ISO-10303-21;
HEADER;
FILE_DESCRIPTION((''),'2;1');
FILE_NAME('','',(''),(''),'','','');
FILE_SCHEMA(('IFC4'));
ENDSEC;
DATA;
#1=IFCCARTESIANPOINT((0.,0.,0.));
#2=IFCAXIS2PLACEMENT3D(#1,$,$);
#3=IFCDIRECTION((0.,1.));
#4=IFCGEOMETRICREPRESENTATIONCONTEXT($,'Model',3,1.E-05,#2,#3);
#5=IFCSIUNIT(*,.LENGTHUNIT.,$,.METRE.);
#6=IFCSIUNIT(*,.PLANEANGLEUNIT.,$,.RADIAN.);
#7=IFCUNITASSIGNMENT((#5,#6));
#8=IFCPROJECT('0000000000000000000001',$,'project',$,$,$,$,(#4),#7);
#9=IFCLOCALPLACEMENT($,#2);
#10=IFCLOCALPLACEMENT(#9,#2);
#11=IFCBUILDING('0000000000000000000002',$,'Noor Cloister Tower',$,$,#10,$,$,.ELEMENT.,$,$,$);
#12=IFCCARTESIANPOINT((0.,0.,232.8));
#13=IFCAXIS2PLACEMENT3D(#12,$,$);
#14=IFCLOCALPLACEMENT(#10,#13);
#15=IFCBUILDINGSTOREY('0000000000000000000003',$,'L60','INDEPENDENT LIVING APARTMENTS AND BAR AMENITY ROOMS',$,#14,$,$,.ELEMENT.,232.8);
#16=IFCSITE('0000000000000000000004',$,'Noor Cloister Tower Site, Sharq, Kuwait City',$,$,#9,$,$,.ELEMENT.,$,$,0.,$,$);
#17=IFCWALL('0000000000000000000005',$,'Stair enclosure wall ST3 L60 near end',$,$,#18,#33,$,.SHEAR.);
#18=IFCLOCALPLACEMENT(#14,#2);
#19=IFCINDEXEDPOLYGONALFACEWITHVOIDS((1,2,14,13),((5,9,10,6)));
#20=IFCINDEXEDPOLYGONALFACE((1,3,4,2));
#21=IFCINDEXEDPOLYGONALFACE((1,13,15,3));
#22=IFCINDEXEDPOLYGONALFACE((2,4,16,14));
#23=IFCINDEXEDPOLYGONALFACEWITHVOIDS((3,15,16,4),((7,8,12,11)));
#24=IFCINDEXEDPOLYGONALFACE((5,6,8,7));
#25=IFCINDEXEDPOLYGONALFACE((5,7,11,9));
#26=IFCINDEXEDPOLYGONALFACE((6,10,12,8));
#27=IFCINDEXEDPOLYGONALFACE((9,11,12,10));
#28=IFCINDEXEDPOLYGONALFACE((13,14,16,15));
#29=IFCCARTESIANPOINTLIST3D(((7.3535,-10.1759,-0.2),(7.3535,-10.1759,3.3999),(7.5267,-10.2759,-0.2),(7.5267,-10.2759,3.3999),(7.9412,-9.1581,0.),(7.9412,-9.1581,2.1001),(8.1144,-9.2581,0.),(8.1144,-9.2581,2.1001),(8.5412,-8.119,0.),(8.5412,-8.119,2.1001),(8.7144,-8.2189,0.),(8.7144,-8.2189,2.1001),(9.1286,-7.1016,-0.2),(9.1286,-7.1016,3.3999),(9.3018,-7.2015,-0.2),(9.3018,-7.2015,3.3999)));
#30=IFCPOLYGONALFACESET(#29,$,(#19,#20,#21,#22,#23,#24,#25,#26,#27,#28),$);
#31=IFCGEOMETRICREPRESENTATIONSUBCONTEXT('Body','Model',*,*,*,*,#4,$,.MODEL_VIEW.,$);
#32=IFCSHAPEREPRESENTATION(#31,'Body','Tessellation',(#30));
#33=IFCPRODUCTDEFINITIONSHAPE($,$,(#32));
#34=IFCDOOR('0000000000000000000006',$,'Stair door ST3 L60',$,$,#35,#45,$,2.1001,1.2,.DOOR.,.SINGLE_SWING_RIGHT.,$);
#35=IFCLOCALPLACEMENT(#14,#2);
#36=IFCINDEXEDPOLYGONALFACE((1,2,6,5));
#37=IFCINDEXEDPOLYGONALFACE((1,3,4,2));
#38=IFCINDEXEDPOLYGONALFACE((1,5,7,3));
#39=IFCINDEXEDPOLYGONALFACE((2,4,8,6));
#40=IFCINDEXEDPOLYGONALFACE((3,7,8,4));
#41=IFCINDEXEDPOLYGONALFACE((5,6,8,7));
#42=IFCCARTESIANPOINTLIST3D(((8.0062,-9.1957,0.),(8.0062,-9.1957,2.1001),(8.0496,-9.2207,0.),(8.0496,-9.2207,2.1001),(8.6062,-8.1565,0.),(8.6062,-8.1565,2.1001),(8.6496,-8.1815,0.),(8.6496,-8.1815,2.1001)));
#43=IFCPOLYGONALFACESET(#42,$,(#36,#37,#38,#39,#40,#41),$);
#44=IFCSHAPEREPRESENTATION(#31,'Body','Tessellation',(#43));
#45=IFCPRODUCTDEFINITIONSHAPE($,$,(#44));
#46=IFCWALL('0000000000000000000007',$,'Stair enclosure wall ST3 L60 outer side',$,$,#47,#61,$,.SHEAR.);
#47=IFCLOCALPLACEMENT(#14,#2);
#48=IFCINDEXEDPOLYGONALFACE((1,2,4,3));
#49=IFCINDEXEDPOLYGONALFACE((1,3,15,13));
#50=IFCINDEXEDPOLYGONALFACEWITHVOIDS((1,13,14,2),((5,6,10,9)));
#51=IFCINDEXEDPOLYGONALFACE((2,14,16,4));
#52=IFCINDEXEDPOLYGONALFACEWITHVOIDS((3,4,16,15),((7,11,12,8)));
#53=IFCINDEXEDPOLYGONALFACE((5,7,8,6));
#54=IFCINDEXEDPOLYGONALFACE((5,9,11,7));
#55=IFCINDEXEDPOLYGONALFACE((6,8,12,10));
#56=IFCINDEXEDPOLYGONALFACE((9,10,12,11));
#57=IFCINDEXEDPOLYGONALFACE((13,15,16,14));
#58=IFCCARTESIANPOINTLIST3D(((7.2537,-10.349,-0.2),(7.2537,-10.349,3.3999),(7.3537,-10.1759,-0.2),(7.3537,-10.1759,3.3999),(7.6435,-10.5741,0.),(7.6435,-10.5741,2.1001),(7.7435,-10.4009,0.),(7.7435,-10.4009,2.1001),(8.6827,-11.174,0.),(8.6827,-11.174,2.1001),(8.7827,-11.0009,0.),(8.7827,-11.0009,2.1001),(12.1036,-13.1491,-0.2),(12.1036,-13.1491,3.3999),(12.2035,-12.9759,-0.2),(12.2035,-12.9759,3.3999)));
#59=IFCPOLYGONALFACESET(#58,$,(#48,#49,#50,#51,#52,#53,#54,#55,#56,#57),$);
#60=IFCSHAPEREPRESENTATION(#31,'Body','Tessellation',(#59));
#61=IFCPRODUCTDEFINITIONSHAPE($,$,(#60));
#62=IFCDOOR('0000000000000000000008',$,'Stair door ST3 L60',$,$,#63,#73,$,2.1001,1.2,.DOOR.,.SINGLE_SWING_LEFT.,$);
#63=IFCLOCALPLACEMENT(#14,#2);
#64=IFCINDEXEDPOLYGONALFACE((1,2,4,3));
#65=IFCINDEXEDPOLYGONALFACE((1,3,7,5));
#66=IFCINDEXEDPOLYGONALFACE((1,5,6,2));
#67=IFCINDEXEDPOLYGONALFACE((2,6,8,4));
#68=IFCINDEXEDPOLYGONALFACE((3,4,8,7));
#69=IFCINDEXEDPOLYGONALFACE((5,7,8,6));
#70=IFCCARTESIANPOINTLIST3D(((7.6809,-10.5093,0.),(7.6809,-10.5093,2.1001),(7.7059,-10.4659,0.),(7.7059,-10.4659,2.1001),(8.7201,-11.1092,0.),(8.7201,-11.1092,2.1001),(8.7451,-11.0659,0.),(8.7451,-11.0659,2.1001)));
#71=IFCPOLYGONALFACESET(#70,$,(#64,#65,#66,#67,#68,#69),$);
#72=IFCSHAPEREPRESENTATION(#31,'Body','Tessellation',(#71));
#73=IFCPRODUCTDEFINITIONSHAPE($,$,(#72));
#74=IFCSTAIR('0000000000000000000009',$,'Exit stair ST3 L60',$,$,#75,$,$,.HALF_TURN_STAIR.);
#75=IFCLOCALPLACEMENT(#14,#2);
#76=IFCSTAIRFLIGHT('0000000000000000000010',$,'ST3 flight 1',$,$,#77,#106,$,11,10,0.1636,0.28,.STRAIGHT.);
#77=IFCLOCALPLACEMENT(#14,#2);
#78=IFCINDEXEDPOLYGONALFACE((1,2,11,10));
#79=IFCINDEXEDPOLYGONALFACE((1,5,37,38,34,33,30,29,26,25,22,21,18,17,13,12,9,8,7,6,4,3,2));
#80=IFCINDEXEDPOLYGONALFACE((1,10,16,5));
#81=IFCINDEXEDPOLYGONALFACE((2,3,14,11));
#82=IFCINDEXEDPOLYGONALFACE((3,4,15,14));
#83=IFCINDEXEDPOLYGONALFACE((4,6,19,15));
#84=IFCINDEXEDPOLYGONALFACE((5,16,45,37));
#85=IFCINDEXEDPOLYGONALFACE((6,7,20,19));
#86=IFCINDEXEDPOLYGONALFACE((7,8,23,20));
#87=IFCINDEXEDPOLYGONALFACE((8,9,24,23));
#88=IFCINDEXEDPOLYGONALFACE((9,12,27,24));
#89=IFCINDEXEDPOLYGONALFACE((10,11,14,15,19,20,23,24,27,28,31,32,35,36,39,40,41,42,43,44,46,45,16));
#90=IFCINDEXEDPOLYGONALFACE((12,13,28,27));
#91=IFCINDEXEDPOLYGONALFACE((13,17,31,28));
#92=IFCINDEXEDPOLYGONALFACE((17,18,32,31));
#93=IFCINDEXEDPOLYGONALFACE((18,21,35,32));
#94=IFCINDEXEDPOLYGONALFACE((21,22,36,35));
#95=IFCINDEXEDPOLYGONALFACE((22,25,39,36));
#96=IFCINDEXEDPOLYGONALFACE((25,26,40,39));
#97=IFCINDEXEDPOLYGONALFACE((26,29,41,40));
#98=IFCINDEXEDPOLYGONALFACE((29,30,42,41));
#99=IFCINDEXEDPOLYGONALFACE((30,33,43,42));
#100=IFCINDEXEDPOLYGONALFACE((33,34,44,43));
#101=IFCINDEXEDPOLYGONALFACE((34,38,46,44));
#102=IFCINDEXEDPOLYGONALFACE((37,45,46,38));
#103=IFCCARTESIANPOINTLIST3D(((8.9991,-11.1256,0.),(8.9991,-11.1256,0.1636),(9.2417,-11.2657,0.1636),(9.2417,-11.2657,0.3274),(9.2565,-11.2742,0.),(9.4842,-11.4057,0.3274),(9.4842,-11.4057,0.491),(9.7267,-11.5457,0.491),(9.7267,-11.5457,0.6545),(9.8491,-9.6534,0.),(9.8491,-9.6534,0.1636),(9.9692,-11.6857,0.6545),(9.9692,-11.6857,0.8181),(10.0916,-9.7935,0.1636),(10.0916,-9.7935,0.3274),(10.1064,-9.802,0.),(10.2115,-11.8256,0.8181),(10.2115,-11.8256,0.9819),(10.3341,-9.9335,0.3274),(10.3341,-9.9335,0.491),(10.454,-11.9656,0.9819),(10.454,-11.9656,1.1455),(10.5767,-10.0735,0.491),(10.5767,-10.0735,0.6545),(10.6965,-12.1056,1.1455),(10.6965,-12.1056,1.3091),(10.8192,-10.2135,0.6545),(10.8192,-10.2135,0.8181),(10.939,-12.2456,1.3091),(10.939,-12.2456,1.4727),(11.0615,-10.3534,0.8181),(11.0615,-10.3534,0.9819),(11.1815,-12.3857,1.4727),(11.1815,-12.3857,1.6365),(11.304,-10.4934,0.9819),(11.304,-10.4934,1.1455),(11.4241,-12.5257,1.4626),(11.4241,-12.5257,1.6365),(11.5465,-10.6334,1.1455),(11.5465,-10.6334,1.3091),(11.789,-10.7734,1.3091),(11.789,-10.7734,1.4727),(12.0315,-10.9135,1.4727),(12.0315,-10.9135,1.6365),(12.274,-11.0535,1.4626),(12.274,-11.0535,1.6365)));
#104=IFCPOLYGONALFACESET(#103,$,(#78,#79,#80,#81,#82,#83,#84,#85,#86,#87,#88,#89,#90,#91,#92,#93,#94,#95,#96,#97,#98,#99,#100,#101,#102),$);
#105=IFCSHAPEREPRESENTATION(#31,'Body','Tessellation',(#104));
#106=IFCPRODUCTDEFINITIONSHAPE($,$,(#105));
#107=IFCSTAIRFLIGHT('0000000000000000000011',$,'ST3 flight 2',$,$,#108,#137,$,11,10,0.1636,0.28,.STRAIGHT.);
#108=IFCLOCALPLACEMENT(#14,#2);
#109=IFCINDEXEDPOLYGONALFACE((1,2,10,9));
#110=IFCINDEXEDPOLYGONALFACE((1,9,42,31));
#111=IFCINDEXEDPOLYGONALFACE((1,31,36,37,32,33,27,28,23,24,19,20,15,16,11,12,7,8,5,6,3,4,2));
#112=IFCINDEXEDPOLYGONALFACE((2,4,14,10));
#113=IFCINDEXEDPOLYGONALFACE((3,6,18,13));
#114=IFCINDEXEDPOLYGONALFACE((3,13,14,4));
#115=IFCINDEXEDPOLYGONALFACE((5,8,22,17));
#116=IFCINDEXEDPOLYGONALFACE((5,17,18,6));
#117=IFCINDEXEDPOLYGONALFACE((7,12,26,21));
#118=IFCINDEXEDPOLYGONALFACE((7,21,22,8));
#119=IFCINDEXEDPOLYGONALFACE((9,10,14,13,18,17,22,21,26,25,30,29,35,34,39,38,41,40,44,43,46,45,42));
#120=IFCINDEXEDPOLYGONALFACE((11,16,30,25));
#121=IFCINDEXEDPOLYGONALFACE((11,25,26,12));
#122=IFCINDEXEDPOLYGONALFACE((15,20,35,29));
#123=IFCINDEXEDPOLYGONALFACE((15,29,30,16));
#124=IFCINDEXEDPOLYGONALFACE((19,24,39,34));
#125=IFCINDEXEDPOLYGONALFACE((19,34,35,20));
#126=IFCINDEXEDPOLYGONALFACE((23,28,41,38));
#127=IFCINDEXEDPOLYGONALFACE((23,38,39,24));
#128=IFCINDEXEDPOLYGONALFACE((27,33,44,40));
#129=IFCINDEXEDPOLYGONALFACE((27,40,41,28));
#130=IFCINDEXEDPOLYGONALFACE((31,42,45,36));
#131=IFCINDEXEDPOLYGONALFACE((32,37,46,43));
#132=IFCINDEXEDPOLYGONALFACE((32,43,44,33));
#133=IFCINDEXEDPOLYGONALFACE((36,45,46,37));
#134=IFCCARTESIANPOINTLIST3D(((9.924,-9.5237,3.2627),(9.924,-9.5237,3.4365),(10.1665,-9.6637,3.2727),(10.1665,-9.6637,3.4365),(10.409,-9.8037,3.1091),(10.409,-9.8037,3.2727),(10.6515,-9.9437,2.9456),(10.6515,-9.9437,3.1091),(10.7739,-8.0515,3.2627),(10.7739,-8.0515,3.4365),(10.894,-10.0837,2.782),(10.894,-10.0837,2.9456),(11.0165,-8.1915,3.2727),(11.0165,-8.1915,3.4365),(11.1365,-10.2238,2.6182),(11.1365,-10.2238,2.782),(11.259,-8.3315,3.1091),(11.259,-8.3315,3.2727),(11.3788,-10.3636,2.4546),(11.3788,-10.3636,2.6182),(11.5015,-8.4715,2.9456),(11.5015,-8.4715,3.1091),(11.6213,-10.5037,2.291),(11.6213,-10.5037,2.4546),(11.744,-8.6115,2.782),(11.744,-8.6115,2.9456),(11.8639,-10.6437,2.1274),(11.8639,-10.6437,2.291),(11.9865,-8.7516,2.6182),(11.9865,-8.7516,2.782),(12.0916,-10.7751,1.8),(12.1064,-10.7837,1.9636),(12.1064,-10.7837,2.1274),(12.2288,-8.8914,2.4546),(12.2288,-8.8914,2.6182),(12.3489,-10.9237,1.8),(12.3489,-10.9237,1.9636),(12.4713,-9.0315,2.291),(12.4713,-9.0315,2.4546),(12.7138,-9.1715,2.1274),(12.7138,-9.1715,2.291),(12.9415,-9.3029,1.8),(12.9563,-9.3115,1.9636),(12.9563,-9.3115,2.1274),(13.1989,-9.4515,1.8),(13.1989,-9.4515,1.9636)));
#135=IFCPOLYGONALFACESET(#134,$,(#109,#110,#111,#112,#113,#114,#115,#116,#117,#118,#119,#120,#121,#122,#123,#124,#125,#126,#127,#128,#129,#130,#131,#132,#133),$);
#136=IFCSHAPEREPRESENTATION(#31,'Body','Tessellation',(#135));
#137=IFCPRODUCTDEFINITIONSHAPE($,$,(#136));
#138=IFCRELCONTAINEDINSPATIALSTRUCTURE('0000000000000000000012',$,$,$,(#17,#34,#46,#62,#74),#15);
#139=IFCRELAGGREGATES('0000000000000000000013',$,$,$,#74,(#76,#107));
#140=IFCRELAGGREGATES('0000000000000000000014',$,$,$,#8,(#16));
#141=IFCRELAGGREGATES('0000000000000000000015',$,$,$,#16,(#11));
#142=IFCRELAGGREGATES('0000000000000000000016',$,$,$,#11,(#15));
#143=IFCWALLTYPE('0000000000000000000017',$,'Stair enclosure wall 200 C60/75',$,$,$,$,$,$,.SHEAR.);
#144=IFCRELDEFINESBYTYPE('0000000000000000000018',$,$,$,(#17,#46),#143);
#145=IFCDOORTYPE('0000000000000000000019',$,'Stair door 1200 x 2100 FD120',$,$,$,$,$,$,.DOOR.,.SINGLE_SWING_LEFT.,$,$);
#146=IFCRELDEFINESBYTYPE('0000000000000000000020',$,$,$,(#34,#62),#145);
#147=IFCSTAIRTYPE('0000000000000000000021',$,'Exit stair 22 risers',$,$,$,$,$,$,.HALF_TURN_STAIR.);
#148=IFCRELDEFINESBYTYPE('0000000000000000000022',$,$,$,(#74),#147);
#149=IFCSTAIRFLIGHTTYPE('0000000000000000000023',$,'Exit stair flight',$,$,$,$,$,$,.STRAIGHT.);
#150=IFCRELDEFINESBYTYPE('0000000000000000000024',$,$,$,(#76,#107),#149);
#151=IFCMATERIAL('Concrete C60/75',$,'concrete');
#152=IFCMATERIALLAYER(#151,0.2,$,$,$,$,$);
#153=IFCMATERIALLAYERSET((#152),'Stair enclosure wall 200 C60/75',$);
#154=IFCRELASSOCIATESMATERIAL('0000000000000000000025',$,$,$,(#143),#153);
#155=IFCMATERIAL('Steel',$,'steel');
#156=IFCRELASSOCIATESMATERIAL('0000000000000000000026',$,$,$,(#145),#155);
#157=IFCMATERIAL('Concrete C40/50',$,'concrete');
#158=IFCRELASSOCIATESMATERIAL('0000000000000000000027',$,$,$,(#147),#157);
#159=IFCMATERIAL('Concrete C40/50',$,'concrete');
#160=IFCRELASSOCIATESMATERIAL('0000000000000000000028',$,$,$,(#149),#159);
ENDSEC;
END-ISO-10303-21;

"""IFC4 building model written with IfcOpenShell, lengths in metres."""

from ifc_helpers import new_model, si_unit, direction, frame, frame_2d, origin, place, context, subcontext, project, spatial, polyline, rectangle, outline, extrude, material, layer, layer_set, type_object, element, fill, aggregate, save


model = new_model("IFC4")

# Units and contexts
model_context = context("Model", 3, precision=1e-05, world=origin(), true_north=direction((0.0, 1.0)))
body_context = subcontext(model_context, "Body", "Model", "MODEL_VIEW")
ifc_project = project(units=[si_unit("LENGTHUNIT", "METRE"), si_unit("PLANEANGLEUNIT", "RADIAN")], contexts=[model_context])

# Site, building, storey
site_placement = place(None, origin())
site = spatial("IfcSite", under=ifc_project, at=site_placement, Name="Noor Cloister Tower Site, Sharq, Kuwait City", CompositionType="ELEMENT", RefElevation=0.0)
building_placement = place(site_placement, origin())
building = spatial("IfcBuilding", under=site, at=building_placement, Name="Noor Cloister Tower", CompositionType="ELEMENT")
storey_placement = place(building_placement, frame((0.0, 0.0, 232.8)))
storey = spatial("IfcBuildingStorey", under=building, at=storey_placement, Name="L60", Description="INDEPENDENT LIVING APARTMENTS AND BAR AMENITY ROOMS", CompositionType="ELEMENT", Elevation=232.8)

# Walls, openings, doors
ifc_material_1 = material(Name="Concrete C60/75", Category="concrete")
ifc_layer_1 = layer(ifc_material_1, 0.2)
ifc_layer_set_1 = layer_set([ifc_layer_1], Name="Stair enclosure wall 200 C60/75")
wall_type_1 = type_object("IfcWallType", Name="Stair enclosure wall 200 C60/75", PredefinedType="SHEAR", material=ifc_layer_set_1)
wall_1_placement = place(storey_placement, frame((7.4402, -10.2258, -0.2), z_axis=(0.0, 0.0, 1.0), x_axis=(0.500022, 0.866013, 0.0)))
wall_1 = element("IfcWall", 1, at=wall_1_placement, inside=storey, type_object=wall_type_1, Name="Stair enclosure wall ST3 L60 near end", PredefinedType="SHEAR", context=body_context, shape_type="SweptSolid", body=[
    extrude(rectangle(XDim=3.55, YDim=0.2, at=frame_2d((1.7749, 0.0))), origin(), (0.0, 0.0, 1.0), 3.5999),
])
opening_1_placement = place(wall_1_placement, frame((1.175, 0.0, 0.2)))
opening_1 = element("IfcOpeningElement", 2, at=opening_1_placement, cuts=wall_1, PredefinedType="OPENING", context=body_context, shape_type="SweptSolid", body=[
    extrude(rectangle(XDim=1.2, YDim=2.1001, at=frame_2d((0.6001, 1.05))), frame((0.0, 0.1099, 0.0), z_axis=(0.0, -1.0, 0.0), x_axis=(1.0, 0.0, 0.0)), (0.0, 0.0, 1.0), 0.22),
])
ifc_material_2 = material(Name="Steel", Category="steel")
door_type_1 = type_object("IfcDoorType", Name="Stair door 1200 x 2100 FD120", OperationType="SINGLE_SWING_LEFT", PredefinedType="DOOR", material=ifc_material_2)
door_1_placement = place(opening_1_placement, origin())
door_1 = element("IfcDoor", 3, at=door_1_placement, inside=storey, type_object=door_type_1, Name="Stair door ST3 L60", OperationType="SINGLE_SWING_RIGHT", OverallHeight=2.1001, OverallWidth=1.2, PredefinedType="DOOR", context=body_context, shape_type="SweptSolid", body=[
    extrude(rectangle(XDim=1.2, YDim=2.1001, at=frame_2d((0.6001, 1.05))), frame((0.0, 0.0249, 0.0), z_axis=(0.0, -1.0, 0.0), x_axis=(1.0, 0.0, 0.0)), (0.0, 0.0, 1.0), 0.05),
])
fill(opening_1, door_1)
wall_2_placement = place(storey_placement, frame((7.3037, -10.2625, -0.2), z_axis=(0.0, 0.0, 1.0), x_axis=(0.866027, -0.499998, 0.0)))
wall_2 = element("IfcWall", 4, at=wall_2_placement, inside=storey, type_object=wall_type_1, Name="Stair enclosure wall ST3 L60 outer side", PredefinedType="SHEAR", context=body_context, shape_type="SweptSolid", body=[
    extrude(rectangle(XDim=5.6001, YDim=0.2, at=frame_2d((2.8, 0.0))), origin(), (0.0, 0.0, 1.0), 3.5999),
])
opening_2_placement = place(wall_2_placement, frame((0.45, 0.0, 0.2)))
opening_2 = element("IfcOpeningElement", 5, at=opening_2_placement, cuts=wall_2, PredefinedType="OPENING", context=body_context, shape_type="SweptSolid", body=[
    extrude(rectangle(XDim=1.2, YDim=2.1001, at=frame_2d((0.6001, 1.05))), frame((0.0, 0.1099, 0.0), z_axis=(0.0, -1.0, 0.0), x_axis=(1.0, 0.0, 0.0)), (0.0, 0.0, 1.0), 0.22),
])
door_2_placement = place(opening_2_placement, origin())
door_2 = element("IfcDoor", 6, at=door_2_placement, inside=storey, type_object=door_type_1, Name="Stair door ST3 L60", OperationType="SINGLE_SWING_LEFT", OverallHeight=2.1001, OverallWidth=1.2, PredefinedType="DOOR", context=body_context, shape_type="SweptSolid", body=[
    extrude(rectangle(XDim=1.2, YDim=2.1001, at=frame_2d((0.6001, 1.05))), frame((0.0, 0.0249, 0.0), z_axis=(0.0, -1.0, 0.0), x_axis=(1.0, 0.0, 0.0)), (0.0, 0.0, 1.0), 0.05),
])
fill(opening_2, door_2)

# Stair, stair flights
ifc_material_3 = material(Name="Concrete C40/50", Category="concrete")
stair_type = type_object("IfcStairType", Name="Exit stair 22 risers", PredefinedType="HALF_TURN_STAIR", material=ifc_material_3)
stair_placement = place(storey_placement, origin())
stair = element("IfcStair", 7, at=stair_placement, inside=storey, type_object=stair_type, Name="Exit stair ST3 L60", PredefinedType="HALF_TURN_STAIR")
ifc_material_4 = material(Name="Concrete C40/50", Category="concrete")
stair_flight_type = type_object("IfcStairFlightType", Name="Exit stair flight", PredefinedType="STRAIGHT", material=ifc_material_4)
stair_flight_1_placement = place(storey_placement, frame((9.4241, -10.3896, 0.0), z_axis=(0.0, 0.0, 1.0), x_axis=(0.866025, -0.5, 0.0)))
stair_flight_1 = element("IfcStairFlight", 8, at=stair_flight_1_placement, type_object=stair_flight_type, Name="ST3 flight 1", NumberOfRisers=11, NumberOfTreads=10, PredefinedType="STRAIGHT", RiserHeight=0.1636, TreadLength=0.28, context=body_context, shape_type="SweptSolid", body=[
    extrude(outline(polyline([(0.0, 0.0), (0.0, 0.1636), (0.28, 0.1636), (0.28, 0.3274), (0.5601, 0.3274), (0.5601, 0.491), (0.8401, 0.491), (0.8401, 0.6545), (1.1201, 0.6545), (1.1201, 0.8181), (1.3999, 0.8181), (1.3999, 0.9819), (1.6799, 0.9819), (1.6799, 1.1455), (1.96, 1.1455), (1.96, 1.3091), (2.24, 1.3091), (2.24, 1.4727), (2.52, 1.4727), (2.52, 1.6365), (2.8, 1.6365), (2.8, 1.8), (2.8, 1.4626), (0.2971, 0.0), (0.0, 0.0)])), frame((0.0, 0.8501, 0.0), z_axis=(0.0, -1.0, 0.0), x_axis=(1.0, 0.0, 0.0)), (0.0, 0.0, 1.0), 1.7),
])
stair_flight_2_placement = place(storey_placement, frame((12.7739, -10.1875, 1.8), z_axis=(0.0, 0.0, 1.0), x_axis=(-0.866025, 0.5, 0.0)))
stair_flight_2 = element("IfcStairFlight", 9, at=stair_flight_2_placement, type_object=stair_flight_type, Name="ST3 flight 2", NumberOfRisers=11, NumberOfTreads=10, PredefinedType="STRAIGHT", RiserHeight=0.1636, TreadLength=0.28, context=body_context, shape_type="SweptSolid", body=[
    extrude(outline(polyline([(0.0, 0.0), (0.0, 0.1636), (0.28, 0.1636), (0.28, 0.3274), (0.5601, 0.3274), (0.5601, 0.491), (0.8401, 0.491), (0.8401, 0.6545), (1.1201, 0.6545), (1.1201, 0.8181), (1.3999, 0.8181), (1.3999, 0.9819), (1.6799, 0.9819), (1.6799, 1.1455), (1.96, 1.1455), (1.96, 1.3091), (2.24, 1.3091), (2.24, 1.4727), (2.52, 1.4727), (2.52, 1.6365), (2.8, 1.6365), (2.8, 1.8), (2.8, 1.4626), (0.2971, 0.0), (0.0, 0.0)])), frame((0.0, 0.8501, 0.0), z_axis=(0.0, -1.0, 0.0), x_axis=(1.0, 0.0, 0.0)), (0.0, 0.0, 1.0), 1.7),
])
aggregate(stair, [stair_flight_1, stair_flight_2])

save(model, "model.ifc")
